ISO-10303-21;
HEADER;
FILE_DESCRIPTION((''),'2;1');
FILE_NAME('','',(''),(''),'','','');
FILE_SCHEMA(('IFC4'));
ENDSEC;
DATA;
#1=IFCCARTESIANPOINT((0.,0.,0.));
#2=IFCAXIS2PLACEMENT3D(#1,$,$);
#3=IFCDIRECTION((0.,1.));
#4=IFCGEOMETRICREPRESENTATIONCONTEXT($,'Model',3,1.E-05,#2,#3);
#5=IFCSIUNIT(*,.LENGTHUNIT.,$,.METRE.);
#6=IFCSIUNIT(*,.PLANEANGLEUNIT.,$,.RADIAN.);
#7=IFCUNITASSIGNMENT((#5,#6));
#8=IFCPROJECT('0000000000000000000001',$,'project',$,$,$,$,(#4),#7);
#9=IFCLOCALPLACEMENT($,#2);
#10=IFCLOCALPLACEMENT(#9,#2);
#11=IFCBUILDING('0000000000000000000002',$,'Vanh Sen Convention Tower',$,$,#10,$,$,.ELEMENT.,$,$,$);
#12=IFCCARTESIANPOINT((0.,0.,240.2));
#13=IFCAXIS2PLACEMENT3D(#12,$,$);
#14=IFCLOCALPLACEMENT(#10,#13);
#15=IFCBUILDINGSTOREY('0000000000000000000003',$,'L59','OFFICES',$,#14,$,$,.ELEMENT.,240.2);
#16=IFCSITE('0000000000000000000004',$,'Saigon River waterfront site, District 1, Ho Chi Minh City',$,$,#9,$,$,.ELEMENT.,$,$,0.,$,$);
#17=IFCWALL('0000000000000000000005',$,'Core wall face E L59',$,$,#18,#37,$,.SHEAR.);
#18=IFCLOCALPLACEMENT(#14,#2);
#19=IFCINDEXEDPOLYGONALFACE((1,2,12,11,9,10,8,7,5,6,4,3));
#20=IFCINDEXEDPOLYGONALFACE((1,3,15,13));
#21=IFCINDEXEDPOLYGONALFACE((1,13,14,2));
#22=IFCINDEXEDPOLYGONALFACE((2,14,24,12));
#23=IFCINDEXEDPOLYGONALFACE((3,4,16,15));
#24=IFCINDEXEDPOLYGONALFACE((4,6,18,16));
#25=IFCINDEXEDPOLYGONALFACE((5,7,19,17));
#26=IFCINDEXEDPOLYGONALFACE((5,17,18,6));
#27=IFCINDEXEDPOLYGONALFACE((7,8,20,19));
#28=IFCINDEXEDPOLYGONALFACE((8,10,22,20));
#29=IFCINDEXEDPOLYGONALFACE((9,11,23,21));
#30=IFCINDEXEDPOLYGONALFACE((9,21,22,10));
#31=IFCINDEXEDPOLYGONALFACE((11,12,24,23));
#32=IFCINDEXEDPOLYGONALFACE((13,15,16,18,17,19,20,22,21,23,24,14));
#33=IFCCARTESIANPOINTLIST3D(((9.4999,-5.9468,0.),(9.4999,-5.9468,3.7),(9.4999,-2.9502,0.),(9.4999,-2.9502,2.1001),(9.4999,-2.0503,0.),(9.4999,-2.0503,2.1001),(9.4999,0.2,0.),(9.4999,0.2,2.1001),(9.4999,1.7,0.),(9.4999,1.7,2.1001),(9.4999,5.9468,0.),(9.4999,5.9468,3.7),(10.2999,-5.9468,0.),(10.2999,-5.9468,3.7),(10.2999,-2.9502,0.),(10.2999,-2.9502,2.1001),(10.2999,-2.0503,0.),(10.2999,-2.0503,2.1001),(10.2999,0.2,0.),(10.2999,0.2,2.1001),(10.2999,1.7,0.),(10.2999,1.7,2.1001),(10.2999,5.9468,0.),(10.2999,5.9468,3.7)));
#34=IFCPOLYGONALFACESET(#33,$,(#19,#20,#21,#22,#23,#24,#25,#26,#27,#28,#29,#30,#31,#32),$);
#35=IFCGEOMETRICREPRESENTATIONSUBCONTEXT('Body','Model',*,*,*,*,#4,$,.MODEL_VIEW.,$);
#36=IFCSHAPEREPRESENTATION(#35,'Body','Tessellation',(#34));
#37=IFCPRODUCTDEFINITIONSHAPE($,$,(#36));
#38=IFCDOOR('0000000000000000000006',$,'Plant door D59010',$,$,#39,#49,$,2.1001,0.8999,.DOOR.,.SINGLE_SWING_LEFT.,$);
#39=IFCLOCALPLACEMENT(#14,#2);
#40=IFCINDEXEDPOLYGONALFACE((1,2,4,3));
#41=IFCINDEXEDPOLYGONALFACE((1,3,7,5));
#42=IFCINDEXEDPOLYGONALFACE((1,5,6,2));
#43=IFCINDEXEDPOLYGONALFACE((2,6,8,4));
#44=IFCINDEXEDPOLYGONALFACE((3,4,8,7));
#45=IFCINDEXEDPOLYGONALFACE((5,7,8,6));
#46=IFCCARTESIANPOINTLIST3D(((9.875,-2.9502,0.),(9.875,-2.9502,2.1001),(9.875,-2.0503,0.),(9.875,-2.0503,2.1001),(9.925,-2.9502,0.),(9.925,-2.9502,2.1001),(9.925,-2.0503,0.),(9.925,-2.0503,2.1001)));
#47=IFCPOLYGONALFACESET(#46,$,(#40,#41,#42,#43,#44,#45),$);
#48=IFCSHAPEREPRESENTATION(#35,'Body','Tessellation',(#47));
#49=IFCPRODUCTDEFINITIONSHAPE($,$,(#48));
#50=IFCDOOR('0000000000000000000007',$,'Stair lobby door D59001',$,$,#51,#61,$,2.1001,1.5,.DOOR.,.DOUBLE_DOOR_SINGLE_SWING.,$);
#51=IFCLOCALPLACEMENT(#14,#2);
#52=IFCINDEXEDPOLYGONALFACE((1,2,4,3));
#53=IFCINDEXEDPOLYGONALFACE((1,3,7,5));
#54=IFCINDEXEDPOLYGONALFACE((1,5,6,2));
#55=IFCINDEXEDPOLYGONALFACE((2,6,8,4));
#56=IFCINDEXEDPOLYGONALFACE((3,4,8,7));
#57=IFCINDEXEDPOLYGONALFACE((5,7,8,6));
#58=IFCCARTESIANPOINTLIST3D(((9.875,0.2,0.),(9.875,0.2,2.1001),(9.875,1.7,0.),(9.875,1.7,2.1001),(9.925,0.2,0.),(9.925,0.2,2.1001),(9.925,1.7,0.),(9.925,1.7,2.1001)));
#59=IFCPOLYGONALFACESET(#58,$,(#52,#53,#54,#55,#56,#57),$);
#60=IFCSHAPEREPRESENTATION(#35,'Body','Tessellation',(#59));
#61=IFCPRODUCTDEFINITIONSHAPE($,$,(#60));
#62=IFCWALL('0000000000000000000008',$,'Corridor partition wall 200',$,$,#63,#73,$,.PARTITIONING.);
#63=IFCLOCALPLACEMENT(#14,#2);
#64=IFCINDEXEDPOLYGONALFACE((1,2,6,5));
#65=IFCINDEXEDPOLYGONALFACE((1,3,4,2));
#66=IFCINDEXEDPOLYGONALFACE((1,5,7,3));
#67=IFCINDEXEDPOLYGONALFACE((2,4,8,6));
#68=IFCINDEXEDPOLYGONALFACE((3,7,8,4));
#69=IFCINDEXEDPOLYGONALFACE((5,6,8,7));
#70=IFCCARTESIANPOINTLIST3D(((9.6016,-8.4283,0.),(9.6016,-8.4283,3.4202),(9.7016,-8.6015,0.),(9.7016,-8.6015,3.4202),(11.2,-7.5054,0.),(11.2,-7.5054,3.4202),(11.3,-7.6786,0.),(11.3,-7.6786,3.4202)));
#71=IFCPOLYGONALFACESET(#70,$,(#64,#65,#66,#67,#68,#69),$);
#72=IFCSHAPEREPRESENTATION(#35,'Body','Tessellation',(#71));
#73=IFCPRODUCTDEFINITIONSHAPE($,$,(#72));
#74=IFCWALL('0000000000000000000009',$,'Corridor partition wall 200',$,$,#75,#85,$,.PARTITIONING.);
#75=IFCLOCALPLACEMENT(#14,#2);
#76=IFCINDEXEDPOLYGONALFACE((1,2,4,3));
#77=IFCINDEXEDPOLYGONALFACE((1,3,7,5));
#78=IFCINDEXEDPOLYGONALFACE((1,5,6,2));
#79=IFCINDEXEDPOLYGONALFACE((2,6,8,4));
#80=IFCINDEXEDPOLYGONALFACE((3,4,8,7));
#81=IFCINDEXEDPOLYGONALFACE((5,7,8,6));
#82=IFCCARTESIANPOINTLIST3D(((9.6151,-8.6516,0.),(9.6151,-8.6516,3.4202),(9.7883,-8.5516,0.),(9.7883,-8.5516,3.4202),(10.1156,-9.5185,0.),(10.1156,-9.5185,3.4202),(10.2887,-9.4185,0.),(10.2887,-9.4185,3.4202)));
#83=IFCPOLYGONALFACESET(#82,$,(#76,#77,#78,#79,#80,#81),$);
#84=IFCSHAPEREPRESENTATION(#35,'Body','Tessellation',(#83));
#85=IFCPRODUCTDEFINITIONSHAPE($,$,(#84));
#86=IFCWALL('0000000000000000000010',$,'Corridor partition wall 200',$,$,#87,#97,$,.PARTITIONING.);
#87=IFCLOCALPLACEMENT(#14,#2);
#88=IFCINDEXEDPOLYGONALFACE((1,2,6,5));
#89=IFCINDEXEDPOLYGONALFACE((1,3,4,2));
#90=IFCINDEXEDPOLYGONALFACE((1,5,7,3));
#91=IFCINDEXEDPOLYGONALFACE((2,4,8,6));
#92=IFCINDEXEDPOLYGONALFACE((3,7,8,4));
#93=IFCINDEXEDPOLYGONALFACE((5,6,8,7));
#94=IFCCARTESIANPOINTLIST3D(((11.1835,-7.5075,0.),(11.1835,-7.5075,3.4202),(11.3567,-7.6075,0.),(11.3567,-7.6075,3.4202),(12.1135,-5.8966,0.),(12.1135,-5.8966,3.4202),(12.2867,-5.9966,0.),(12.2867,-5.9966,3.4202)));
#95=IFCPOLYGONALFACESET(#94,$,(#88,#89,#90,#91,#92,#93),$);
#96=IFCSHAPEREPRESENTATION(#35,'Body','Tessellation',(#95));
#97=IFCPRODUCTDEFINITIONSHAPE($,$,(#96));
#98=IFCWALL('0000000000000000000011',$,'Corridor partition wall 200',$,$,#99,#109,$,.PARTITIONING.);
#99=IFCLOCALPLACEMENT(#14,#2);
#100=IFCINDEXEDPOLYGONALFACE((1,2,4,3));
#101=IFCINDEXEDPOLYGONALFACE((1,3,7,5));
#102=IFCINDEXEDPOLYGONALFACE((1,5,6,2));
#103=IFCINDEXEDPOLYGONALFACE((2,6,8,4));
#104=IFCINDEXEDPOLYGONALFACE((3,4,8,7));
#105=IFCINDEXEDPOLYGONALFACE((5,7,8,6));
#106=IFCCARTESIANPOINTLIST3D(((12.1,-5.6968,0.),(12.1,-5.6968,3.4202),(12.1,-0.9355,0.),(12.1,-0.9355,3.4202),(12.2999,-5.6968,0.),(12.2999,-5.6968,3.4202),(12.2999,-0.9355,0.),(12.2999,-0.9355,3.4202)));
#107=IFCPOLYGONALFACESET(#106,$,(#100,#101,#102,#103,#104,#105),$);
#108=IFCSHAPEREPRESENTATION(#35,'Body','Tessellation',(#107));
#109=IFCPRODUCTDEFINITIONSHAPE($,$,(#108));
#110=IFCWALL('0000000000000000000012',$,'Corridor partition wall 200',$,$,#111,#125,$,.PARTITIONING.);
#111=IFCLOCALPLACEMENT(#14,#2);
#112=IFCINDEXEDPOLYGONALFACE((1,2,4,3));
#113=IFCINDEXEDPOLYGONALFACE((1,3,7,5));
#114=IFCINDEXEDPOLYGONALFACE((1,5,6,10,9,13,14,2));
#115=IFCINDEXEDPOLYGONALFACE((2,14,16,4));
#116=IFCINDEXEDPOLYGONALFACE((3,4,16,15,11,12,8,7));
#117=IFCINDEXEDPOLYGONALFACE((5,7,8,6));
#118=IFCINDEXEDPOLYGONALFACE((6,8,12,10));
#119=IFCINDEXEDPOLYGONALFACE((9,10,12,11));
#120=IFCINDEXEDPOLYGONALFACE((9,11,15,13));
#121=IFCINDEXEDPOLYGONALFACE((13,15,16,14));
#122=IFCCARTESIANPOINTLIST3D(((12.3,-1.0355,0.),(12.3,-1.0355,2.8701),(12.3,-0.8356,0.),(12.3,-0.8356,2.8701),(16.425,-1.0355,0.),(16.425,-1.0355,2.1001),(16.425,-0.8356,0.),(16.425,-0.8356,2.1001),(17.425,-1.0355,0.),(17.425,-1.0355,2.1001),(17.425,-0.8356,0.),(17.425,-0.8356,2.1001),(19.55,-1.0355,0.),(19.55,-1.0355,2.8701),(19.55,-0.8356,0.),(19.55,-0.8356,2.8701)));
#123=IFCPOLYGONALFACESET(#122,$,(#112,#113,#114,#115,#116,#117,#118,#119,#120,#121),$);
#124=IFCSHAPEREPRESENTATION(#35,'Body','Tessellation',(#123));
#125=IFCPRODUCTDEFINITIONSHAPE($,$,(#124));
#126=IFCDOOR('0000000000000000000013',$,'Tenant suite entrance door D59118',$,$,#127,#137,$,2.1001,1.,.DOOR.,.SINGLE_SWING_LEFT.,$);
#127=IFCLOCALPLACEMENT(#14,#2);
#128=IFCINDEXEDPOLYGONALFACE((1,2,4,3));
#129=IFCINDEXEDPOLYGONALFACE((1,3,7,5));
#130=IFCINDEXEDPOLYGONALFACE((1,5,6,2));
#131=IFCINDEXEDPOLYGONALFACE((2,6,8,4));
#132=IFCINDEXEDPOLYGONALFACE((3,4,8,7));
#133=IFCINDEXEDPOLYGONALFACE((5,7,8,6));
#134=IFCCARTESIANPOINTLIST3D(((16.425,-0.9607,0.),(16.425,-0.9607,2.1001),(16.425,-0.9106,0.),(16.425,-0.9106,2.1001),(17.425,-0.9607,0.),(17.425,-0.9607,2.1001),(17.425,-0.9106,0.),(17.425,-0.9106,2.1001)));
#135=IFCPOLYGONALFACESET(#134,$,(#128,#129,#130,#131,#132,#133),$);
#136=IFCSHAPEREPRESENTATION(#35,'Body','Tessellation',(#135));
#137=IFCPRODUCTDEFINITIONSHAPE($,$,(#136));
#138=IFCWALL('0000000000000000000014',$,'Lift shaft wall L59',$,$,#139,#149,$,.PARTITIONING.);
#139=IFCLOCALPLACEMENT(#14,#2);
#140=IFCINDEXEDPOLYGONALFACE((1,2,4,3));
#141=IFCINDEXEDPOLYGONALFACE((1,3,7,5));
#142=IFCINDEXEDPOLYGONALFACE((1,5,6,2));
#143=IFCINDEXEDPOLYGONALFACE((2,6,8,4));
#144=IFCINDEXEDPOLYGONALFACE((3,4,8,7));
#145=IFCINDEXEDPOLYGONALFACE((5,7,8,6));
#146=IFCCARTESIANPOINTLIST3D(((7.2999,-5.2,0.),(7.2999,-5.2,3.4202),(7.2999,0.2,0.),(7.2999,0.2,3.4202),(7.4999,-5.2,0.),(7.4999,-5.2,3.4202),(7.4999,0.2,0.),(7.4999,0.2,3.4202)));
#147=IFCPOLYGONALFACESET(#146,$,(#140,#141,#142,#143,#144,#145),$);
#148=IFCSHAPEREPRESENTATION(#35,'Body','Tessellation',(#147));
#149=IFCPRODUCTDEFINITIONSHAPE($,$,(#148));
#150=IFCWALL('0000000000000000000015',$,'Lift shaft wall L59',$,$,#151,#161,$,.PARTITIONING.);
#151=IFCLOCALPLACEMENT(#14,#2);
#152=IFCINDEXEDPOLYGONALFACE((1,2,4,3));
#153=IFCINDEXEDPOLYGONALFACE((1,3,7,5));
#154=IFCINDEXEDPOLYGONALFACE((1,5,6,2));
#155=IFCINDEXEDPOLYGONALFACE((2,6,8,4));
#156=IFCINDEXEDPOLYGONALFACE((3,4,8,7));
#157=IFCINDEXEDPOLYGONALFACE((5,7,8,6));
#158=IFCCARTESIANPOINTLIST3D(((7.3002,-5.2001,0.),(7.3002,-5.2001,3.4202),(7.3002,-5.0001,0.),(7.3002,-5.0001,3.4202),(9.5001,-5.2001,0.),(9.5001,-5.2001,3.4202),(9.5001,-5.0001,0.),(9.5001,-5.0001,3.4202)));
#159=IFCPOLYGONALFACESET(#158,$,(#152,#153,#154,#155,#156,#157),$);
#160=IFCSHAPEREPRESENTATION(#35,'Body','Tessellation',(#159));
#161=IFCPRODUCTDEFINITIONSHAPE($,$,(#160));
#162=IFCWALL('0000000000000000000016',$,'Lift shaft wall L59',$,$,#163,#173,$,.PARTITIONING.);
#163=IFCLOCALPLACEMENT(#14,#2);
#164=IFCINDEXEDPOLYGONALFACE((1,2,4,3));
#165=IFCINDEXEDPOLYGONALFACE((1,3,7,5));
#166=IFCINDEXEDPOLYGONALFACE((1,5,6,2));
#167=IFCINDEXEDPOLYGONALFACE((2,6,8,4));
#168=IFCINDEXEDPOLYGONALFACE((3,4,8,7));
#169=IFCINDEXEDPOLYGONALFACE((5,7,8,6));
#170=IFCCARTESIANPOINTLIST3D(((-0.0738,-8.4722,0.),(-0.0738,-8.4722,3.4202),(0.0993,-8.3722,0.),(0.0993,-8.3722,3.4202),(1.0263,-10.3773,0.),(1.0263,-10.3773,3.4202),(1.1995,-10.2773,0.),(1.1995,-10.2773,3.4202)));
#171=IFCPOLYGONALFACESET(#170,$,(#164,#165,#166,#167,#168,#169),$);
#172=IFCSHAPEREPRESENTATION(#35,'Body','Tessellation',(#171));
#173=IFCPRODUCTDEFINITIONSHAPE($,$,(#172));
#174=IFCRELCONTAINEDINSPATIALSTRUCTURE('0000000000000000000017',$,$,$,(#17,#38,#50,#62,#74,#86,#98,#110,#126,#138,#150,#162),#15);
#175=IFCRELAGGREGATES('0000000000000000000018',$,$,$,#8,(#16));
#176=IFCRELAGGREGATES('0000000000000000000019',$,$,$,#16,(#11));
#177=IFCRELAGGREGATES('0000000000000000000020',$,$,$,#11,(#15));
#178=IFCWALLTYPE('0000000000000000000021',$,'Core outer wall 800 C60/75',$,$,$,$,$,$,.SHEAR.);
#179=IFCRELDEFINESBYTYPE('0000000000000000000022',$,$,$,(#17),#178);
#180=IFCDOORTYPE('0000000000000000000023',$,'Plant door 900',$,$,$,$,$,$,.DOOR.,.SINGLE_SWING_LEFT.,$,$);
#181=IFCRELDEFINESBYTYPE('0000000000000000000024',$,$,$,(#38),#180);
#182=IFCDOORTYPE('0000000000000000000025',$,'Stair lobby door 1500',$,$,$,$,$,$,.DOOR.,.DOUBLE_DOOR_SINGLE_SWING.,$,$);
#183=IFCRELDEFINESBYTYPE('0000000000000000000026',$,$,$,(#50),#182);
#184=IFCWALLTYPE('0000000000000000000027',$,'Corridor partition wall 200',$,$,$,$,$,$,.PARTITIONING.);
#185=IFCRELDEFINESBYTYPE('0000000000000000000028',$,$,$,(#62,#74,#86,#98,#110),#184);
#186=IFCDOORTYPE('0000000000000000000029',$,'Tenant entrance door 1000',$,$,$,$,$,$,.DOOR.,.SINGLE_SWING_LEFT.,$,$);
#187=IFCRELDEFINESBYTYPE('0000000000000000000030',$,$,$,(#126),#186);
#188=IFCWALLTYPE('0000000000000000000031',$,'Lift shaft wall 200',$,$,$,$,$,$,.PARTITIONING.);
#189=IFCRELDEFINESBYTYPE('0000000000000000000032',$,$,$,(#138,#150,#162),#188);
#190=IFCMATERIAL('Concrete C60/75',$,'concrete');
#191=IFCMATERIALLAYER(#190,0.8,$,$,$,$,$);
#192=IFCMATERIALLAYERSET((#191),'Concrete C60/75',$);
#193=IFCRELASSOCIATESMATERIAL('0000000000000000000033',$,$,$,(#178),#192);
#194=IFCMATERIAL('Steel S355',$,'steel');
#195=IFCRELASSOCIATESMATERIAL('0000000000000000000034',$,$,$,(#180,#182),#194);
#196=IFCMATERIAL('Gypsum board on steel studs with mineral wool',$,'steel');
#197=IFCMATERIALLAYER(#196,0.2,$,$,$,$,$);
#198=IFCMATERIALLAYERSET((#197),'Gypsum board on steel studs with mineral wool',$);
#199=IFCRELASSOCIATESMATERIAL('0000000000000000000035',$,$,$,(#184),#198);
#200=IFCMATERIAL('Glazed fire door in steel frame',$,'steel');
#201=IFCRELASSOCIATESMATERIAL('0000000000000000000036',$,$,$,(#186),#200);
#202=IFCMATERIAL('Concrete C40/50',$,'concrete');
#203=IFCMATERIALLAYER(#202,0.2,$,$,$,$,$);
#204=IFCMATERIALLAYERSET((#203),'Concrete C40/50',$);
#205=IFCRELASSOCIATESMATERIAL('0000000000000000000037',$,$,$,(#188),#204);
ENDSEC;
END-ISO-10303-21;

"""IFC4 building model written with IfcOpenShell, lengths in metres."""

from ifc_helpers import new_model, si_unit, direction, frame, frame_2d, origin, place, context, subcontext, project, spatial, rectangle, extrude, material, layer, layer_set, type_object, element, fill, save


model = new_model("IFC4")

# Units and contexts
model_context = context("Model", 3, precision=1e-05, world=origin(), true_north=direction((0.0, 1.0)))
body_context = subcontext(model_context, "Body", "Model", "MODEL_VIEW")
ifc_project = project(units=[si_unit("LENGTHUNIT", "METRE"), si_unit("PLANEANGLEUNIT", "RADIAN")], contexts=[model_context])

# Site, building, storey
site_placement = place(None, origin())
site = spatial("IfcSite", under=ifc_project, at=site_placement, Name="Saigon River waterfront site, District 1, Ho Chi Minh City", CompositionType="ELEMENT", RefElevation=0.0)
building_placement = place(site_placement, origin())
building = spatial("IfcBuilding", under=site, at=building_placement, Name="Vanh Sen Convention Tower", CompositionType="ELEMENT")
storey_placement = place(building_placement, frame((0.0, 0.0, 240.2)))
storey = spatial("IfcBuildingStorey", under=building, at=storey_placement, Name="L59", Description="OFFICES", CompositionType="ELEMENT", Elevation=240.2)

# Shared definitions
ifc_material_1 = material(Name="Concrete C40/50", Category="concrete")

# Wall, openings, doors
ifc_material_2 = material(Name="Concrete C60/75", Category="concrete")
ifc_layer_1 = layer(ifc_material_2, 0.8)
ifc_layer_set_1 = layer_set([ifc_layer_1], Name="Concrete C60/75")
wall_type_1 = type_object("IfcWallType", Name="Core outer wall 800 C60/75", PredefinedType="SHEAR", material=ifc_layer_set_1)
wall_1_placement = place(storey_placement, frame((9.8999, -5.9468, 0.0), z_axis=(0.0, 0.0, 1.0), x_axis=(0.0, 1.0, 0.0)))
wall_1 = element("IfcWall", 1, at=wall_1_placement, inside=storey, type_object=wall_type_1, Name="Core wall face E L59", PredefinedType="SHEAR", context=body_context, shape_type="SweptSolid", body=[
    extrude(rectangle(XDim=11.8936, YDim=0.8, at=frame_2d((5.9468, 0.0))), origin(), (0.0, 0.0, 1.0), 3.7),
])
opening_1_placement = place(wall_1_placement, frame((6.1467, 0.0, 0.0)))
opening_1 = element("IfcOpeningElement", 2, at=opening_1_placement, cuts=wall_1, PredefinedType="OPENING", context=body_context, shape_type="SweptSolid", body=[
    extrude(rectangle(XDim=1.5, YDim=2.1001, at=frame_2d((0.75, 1.05))), frame((0.0, 0.4099, 0.0), z_axis=(0.0, -1.0, 0.0), x_axis=(1.0, 0.0, 0.0)), (0.0, 0.0, 1.0), 0.8201),
])
opening_2_placement = place(wall_1_placement, frame((2.9966, 0.0, 0.0)))
opening_2 = element("IfcOpeningElement", 3, at=opening_2_placement, cuts=wall_1, PredefinedType="OPENING", context=body_context, shape_type="SweptSolid", body=[
    extrude(rectangle(XDim=0.8999, YDim=2.1001, at=frame_2d((0.45, 1.05))), frame((0.0, 0.4099, 0.0), z_axis=(0.0, -1.0, 0.0), x_axis=(1.0, 0.0, 0.0)), (0.0, 0.0, 1.0), 0.8201),
])
ifc_material_3 = material(Name="Steel S355", Category="steel")
door_type_1 = type_object("IfcDoorType", Name="Plant door 900", OperationType="SINGLE_SWING_LEFT", PredefinedType="DOOR", material=ifc_material_3)
door_1_placement = place(opening_2_placement, origin())
door_1 = element("IfcDoor", 4, at=door_1_placement, inside=storey, type_object=door_type_1, Name="Plant door D59010", OperationType="SINGLE_SWING_LEFT", OverallHeight=2.1001, OverallWidth=0.8999, PredefinedType="DOOR", context=body_context, shape_type="SweptSolid", body=[
    extrude(rectangle(XDim=0.8999, YDim=2.1001, at=frame_2d((0.45, 1.05))), frame((0.0, 0.0249, 0.0), z_axis=(0.0, -1.0, 0.0), x_axis=(1.0, 0.0, 0.0)), (0.0, 0.0, 1.0), 0.05),
])
fill(opening_2, door_1)
door_type_2 = type_object("IfcDoorType", Name="Stair lobby door 1500", OperationType="DOUBLE_DOOR_SINGLE_SWING", PredefinedType="DOOR", material=ifc_material_3)
door_2_placement = place(opening_1_placement, origin())
door_2 = element("IfcDoor", 5, at=door_2_placement, inside=storey, type_object=door_type_2, Name="Stair lobby door D59001", OperationType="DOUBLE_DOOR_SINGLE_SWING", OverallHeight=2.1001, OverallWidth=1.5, PredefinedType="DOOR", context=body_context, shape_type="SweptSolid", body=[
    extrude(rectangle(XDim=1.5, YDim=2.1001, at=frame_2d((0.75, 1.05))), frame((0.0, 0.0249, 0.0), z_axis=(0.0, -1.0, 0.0), x_axis=(1.0, 0.0, 0.0)), (0.0, 0.0, 1.0), 0.05),
])
fill(opening_1, door_2)

# Walls
ifc_material_4 = material(Name="Gypsum board on steel studs with mineral wool", Category="steel")
ifc_layer_2 = layer(ifc_material_4, 0.2)
ifc_layer_set_2 = layer_set([ifc_layer_2], Name="Gypsum board on steel studs with mineral wool")
wall_type_2 = type_object("IfcWallType", Name="Corridor partition wall 200", PredefinedType="PARTITIONING", material=ifc_layer_set_2)
wall_2_placement = place(storey_placement, frame((9.6516, -8.5149, 0.0), z_axis=(0.0, 0.0, 1.0), x_axis=(0.86602, 0.500009, 0.0)))
element("IfcWall", 6, at=wall_2_placement, inside=storey, type_object=wall_type_2, Name="Corridor partition wall 200", PredefinedType="PARTITIONING", context=body_context, shape_type="SweptSolid", body=[
    extrude(rectangle(XDim=1.8457, YDim=0.2, at=frame_2d((0.9229, 0.0))), origin(), (0.0, 0.0, 1.0), 3.4202),
])
wall_3_placement = place(storey_placement, frame((10.2021, -9.4685, 0.0), z_axis=(0.0, 0.0, 1.0), x_axis=(-0.499969, 0.866043, 0.0)))
element("IfcWall", 7, at=wall_3_placement, inside=storey, type_object=wall_type_2, Name="Corridor partition wall 200", PredefinedType="PARTITIONING", context=body_context, shape_type="SweptSolid", body=[
    extrude(rectangle(XDim=1.001, YDim=0.2, at=frame_2d((0.5005, 0.0))), origin(), (0.0, 0.0, 1.0), 3.4202),
])
wall_4_placement = place(storey_placement, frame((11.27, -7.5576, 0.0), z_axis=(0.0, 0.0, 1.0), x_axis=(0.499965, 0.866046, 0.0)))
element("IfcWall", 8, at=wall_4_placement, inside=storey, type_object=wall_type_2, Name="Corridor partition wall 200", PredefinedType="PARTITIONING", context=body_context, shape_type="SweptSolid", body=[
    extrude(rectangle(XDim=1.8601, YDim=0.2, at=frame_2d((0.9302, 0.0))), origin(), (0.0, 0.0, 1.0), 3.4202),
])
wall_5_placement = place(storey_placement, frame((12.2, -5.6968, 0.0), z_axis=(0.0, 0.0, 1.0), x_axis=(0.0, 1.0, 0.0)))
element("IfcWall", 9, at=wall_5_placement, inside=storey, type_object=wall_type_2, Name="Corridor partition wall 200", PredefinedType="PARTITIONING", context=body_context, shape_type="SweptSolid", body=[
    extrude(rectangle(XDim=4.7612, YDim=0.2, at=frame_2d((2.3806, 0.0))), origin(), (0.0, 0.0, 1.0), 3.4202),
])

# Wall, opening, door
wall_6_placement = place(storey_placement, frame((12.3, -0.9355, 0.0), z_axis=(0.0, 0.0, 1.0), x_axis=(1.0, 0.0, 0.0)))
wall_6 = element("IfcWall", 10, at=wall_6_placement, inside=storey, type_object=wall_type_2, Name="Corridor partition wall 200", PredefinedType="PARTITIONING", context=body_context, shape_type="SweptSolid", body=[
    extrude(rectangle(XDim=7.25, YDim=0.2, at=frame_2d((3.625, 0.0))), origin(), (0.0, 0.0, 1.0), 2.8701),
])
opening_3_placement = place(wall_6_placement, frame((4.125, 0.0, 0.0)))
opening_3 = element("IfcOpeningElement", 11, at=opening_3_placement, cuts=wall_6, PredefinedType="OPENING", context=body_context, shape_type="SweptSolid", body=[
    extrude(rectangle(XDim=1.0, YDim=2.1001, at=frame_2d((0.5, 1.05))), frame((0.0, 0.1099, 0.0), z_axis=(0.0, -1.0, 0.0), x_axis=(1.0, 0.0, 0.0)), (0.0, 0.0, 1.0), 0.22),
])
ifc_material_5 = material(Name="Glazed fire door in steel frame", Category="steel")
door_type_3 = type_object("IfcDoorType", Name="Tenant entrance door 1000", OperationType="SINGLE_SWING_LEFT", PredefinedType="DOOR", material=ifc_material_5)
door_3_placement = place(opening_3_placement, origin())
door_3 = element("IfcDoor", 12, at=door_3_placement, inside=storey, type_object=door_type_3, Name="Tenant suite entrance door D59118", OperationType="SINGLE_SWING_LEFT", OverallHeight=2.1001, OverallWidth=1.0, PredefinedType="DOOR", context=body_context, shape_type="SweptSolid", body=[
    extrude(rectangle(XDim=1.0, YDim=2.1001, at=frame_2d((0.5, 1.05))), frame((0.0, 0.0249, 0.0), z_axis=(0.0, -1.0, 0.0), x_axis=(1.0, 0.0, 0.0)), (0.0, 0.0, 1.0), 0.05),
])
fill(opening_3, door_3)

# Walls
ifc_layer_3 = layer(ifc_material_1, 0.2)
ifc_layer_set_3 = layer_set([ifc_layer_3], Name="Concrete C40/50")
wall_type_3 = type_object("IfcWallType", Name="Lift shaft wall 200", PredefinedType="PARTITIONING", material=ifc_layer_set_3)
wall_7_placement = place(storey_placement, frame((7.3999, -5.2, 0.0), z_axis=(0.0, 0.0, 1.0), x_axis=(0.0, 1.0, 0.0)))
element("IfcWall", 13, at=wall_7_placement, inside=storey, type_object=wall_type_3, Name="Lift shaft wall L59", PredefinedType="PARTITIONING", context=body_context, shape_type="SweptSolid", body=[
    extrude(rectangle(XDim=5.3999, YDim=0.2, at=frame_2d((2.7, 0.0))), origin(), (0.0, 0.0, 1.0), 3.4202),
])
for number, where, z_axis, x_axis, name in (
    (14, (7.3, -5.1001, 0.0), (0.0, 0.0, 1.0), (1.0, 0.0, 0.0), "Lift shaft wall L59"),
    (15, (0.0127, -8.4221, 0.0), (0.0, 0.0, 1.0), (0.500078, -0.86598, 0.0), "Lift shaft wall L59"),
):
    element("IfcWall", number, at=place(storey_placement, frame(where, z_axis=z_axis, x_axis=x_axis)), inside=storey, type_object=wall_type_3, Name=name, PredefinedType="PARTITIONING", context=body_context, shape_type="SweptSolid", body=[
        extrude(rectangle(XDim=2.2, YDim=0.2, at=frame_2d((1.1001, 0.0))), origin(), (0.0, 0.0, 1.0), 3.4202),
    ])

save(model, "model.ifc")
